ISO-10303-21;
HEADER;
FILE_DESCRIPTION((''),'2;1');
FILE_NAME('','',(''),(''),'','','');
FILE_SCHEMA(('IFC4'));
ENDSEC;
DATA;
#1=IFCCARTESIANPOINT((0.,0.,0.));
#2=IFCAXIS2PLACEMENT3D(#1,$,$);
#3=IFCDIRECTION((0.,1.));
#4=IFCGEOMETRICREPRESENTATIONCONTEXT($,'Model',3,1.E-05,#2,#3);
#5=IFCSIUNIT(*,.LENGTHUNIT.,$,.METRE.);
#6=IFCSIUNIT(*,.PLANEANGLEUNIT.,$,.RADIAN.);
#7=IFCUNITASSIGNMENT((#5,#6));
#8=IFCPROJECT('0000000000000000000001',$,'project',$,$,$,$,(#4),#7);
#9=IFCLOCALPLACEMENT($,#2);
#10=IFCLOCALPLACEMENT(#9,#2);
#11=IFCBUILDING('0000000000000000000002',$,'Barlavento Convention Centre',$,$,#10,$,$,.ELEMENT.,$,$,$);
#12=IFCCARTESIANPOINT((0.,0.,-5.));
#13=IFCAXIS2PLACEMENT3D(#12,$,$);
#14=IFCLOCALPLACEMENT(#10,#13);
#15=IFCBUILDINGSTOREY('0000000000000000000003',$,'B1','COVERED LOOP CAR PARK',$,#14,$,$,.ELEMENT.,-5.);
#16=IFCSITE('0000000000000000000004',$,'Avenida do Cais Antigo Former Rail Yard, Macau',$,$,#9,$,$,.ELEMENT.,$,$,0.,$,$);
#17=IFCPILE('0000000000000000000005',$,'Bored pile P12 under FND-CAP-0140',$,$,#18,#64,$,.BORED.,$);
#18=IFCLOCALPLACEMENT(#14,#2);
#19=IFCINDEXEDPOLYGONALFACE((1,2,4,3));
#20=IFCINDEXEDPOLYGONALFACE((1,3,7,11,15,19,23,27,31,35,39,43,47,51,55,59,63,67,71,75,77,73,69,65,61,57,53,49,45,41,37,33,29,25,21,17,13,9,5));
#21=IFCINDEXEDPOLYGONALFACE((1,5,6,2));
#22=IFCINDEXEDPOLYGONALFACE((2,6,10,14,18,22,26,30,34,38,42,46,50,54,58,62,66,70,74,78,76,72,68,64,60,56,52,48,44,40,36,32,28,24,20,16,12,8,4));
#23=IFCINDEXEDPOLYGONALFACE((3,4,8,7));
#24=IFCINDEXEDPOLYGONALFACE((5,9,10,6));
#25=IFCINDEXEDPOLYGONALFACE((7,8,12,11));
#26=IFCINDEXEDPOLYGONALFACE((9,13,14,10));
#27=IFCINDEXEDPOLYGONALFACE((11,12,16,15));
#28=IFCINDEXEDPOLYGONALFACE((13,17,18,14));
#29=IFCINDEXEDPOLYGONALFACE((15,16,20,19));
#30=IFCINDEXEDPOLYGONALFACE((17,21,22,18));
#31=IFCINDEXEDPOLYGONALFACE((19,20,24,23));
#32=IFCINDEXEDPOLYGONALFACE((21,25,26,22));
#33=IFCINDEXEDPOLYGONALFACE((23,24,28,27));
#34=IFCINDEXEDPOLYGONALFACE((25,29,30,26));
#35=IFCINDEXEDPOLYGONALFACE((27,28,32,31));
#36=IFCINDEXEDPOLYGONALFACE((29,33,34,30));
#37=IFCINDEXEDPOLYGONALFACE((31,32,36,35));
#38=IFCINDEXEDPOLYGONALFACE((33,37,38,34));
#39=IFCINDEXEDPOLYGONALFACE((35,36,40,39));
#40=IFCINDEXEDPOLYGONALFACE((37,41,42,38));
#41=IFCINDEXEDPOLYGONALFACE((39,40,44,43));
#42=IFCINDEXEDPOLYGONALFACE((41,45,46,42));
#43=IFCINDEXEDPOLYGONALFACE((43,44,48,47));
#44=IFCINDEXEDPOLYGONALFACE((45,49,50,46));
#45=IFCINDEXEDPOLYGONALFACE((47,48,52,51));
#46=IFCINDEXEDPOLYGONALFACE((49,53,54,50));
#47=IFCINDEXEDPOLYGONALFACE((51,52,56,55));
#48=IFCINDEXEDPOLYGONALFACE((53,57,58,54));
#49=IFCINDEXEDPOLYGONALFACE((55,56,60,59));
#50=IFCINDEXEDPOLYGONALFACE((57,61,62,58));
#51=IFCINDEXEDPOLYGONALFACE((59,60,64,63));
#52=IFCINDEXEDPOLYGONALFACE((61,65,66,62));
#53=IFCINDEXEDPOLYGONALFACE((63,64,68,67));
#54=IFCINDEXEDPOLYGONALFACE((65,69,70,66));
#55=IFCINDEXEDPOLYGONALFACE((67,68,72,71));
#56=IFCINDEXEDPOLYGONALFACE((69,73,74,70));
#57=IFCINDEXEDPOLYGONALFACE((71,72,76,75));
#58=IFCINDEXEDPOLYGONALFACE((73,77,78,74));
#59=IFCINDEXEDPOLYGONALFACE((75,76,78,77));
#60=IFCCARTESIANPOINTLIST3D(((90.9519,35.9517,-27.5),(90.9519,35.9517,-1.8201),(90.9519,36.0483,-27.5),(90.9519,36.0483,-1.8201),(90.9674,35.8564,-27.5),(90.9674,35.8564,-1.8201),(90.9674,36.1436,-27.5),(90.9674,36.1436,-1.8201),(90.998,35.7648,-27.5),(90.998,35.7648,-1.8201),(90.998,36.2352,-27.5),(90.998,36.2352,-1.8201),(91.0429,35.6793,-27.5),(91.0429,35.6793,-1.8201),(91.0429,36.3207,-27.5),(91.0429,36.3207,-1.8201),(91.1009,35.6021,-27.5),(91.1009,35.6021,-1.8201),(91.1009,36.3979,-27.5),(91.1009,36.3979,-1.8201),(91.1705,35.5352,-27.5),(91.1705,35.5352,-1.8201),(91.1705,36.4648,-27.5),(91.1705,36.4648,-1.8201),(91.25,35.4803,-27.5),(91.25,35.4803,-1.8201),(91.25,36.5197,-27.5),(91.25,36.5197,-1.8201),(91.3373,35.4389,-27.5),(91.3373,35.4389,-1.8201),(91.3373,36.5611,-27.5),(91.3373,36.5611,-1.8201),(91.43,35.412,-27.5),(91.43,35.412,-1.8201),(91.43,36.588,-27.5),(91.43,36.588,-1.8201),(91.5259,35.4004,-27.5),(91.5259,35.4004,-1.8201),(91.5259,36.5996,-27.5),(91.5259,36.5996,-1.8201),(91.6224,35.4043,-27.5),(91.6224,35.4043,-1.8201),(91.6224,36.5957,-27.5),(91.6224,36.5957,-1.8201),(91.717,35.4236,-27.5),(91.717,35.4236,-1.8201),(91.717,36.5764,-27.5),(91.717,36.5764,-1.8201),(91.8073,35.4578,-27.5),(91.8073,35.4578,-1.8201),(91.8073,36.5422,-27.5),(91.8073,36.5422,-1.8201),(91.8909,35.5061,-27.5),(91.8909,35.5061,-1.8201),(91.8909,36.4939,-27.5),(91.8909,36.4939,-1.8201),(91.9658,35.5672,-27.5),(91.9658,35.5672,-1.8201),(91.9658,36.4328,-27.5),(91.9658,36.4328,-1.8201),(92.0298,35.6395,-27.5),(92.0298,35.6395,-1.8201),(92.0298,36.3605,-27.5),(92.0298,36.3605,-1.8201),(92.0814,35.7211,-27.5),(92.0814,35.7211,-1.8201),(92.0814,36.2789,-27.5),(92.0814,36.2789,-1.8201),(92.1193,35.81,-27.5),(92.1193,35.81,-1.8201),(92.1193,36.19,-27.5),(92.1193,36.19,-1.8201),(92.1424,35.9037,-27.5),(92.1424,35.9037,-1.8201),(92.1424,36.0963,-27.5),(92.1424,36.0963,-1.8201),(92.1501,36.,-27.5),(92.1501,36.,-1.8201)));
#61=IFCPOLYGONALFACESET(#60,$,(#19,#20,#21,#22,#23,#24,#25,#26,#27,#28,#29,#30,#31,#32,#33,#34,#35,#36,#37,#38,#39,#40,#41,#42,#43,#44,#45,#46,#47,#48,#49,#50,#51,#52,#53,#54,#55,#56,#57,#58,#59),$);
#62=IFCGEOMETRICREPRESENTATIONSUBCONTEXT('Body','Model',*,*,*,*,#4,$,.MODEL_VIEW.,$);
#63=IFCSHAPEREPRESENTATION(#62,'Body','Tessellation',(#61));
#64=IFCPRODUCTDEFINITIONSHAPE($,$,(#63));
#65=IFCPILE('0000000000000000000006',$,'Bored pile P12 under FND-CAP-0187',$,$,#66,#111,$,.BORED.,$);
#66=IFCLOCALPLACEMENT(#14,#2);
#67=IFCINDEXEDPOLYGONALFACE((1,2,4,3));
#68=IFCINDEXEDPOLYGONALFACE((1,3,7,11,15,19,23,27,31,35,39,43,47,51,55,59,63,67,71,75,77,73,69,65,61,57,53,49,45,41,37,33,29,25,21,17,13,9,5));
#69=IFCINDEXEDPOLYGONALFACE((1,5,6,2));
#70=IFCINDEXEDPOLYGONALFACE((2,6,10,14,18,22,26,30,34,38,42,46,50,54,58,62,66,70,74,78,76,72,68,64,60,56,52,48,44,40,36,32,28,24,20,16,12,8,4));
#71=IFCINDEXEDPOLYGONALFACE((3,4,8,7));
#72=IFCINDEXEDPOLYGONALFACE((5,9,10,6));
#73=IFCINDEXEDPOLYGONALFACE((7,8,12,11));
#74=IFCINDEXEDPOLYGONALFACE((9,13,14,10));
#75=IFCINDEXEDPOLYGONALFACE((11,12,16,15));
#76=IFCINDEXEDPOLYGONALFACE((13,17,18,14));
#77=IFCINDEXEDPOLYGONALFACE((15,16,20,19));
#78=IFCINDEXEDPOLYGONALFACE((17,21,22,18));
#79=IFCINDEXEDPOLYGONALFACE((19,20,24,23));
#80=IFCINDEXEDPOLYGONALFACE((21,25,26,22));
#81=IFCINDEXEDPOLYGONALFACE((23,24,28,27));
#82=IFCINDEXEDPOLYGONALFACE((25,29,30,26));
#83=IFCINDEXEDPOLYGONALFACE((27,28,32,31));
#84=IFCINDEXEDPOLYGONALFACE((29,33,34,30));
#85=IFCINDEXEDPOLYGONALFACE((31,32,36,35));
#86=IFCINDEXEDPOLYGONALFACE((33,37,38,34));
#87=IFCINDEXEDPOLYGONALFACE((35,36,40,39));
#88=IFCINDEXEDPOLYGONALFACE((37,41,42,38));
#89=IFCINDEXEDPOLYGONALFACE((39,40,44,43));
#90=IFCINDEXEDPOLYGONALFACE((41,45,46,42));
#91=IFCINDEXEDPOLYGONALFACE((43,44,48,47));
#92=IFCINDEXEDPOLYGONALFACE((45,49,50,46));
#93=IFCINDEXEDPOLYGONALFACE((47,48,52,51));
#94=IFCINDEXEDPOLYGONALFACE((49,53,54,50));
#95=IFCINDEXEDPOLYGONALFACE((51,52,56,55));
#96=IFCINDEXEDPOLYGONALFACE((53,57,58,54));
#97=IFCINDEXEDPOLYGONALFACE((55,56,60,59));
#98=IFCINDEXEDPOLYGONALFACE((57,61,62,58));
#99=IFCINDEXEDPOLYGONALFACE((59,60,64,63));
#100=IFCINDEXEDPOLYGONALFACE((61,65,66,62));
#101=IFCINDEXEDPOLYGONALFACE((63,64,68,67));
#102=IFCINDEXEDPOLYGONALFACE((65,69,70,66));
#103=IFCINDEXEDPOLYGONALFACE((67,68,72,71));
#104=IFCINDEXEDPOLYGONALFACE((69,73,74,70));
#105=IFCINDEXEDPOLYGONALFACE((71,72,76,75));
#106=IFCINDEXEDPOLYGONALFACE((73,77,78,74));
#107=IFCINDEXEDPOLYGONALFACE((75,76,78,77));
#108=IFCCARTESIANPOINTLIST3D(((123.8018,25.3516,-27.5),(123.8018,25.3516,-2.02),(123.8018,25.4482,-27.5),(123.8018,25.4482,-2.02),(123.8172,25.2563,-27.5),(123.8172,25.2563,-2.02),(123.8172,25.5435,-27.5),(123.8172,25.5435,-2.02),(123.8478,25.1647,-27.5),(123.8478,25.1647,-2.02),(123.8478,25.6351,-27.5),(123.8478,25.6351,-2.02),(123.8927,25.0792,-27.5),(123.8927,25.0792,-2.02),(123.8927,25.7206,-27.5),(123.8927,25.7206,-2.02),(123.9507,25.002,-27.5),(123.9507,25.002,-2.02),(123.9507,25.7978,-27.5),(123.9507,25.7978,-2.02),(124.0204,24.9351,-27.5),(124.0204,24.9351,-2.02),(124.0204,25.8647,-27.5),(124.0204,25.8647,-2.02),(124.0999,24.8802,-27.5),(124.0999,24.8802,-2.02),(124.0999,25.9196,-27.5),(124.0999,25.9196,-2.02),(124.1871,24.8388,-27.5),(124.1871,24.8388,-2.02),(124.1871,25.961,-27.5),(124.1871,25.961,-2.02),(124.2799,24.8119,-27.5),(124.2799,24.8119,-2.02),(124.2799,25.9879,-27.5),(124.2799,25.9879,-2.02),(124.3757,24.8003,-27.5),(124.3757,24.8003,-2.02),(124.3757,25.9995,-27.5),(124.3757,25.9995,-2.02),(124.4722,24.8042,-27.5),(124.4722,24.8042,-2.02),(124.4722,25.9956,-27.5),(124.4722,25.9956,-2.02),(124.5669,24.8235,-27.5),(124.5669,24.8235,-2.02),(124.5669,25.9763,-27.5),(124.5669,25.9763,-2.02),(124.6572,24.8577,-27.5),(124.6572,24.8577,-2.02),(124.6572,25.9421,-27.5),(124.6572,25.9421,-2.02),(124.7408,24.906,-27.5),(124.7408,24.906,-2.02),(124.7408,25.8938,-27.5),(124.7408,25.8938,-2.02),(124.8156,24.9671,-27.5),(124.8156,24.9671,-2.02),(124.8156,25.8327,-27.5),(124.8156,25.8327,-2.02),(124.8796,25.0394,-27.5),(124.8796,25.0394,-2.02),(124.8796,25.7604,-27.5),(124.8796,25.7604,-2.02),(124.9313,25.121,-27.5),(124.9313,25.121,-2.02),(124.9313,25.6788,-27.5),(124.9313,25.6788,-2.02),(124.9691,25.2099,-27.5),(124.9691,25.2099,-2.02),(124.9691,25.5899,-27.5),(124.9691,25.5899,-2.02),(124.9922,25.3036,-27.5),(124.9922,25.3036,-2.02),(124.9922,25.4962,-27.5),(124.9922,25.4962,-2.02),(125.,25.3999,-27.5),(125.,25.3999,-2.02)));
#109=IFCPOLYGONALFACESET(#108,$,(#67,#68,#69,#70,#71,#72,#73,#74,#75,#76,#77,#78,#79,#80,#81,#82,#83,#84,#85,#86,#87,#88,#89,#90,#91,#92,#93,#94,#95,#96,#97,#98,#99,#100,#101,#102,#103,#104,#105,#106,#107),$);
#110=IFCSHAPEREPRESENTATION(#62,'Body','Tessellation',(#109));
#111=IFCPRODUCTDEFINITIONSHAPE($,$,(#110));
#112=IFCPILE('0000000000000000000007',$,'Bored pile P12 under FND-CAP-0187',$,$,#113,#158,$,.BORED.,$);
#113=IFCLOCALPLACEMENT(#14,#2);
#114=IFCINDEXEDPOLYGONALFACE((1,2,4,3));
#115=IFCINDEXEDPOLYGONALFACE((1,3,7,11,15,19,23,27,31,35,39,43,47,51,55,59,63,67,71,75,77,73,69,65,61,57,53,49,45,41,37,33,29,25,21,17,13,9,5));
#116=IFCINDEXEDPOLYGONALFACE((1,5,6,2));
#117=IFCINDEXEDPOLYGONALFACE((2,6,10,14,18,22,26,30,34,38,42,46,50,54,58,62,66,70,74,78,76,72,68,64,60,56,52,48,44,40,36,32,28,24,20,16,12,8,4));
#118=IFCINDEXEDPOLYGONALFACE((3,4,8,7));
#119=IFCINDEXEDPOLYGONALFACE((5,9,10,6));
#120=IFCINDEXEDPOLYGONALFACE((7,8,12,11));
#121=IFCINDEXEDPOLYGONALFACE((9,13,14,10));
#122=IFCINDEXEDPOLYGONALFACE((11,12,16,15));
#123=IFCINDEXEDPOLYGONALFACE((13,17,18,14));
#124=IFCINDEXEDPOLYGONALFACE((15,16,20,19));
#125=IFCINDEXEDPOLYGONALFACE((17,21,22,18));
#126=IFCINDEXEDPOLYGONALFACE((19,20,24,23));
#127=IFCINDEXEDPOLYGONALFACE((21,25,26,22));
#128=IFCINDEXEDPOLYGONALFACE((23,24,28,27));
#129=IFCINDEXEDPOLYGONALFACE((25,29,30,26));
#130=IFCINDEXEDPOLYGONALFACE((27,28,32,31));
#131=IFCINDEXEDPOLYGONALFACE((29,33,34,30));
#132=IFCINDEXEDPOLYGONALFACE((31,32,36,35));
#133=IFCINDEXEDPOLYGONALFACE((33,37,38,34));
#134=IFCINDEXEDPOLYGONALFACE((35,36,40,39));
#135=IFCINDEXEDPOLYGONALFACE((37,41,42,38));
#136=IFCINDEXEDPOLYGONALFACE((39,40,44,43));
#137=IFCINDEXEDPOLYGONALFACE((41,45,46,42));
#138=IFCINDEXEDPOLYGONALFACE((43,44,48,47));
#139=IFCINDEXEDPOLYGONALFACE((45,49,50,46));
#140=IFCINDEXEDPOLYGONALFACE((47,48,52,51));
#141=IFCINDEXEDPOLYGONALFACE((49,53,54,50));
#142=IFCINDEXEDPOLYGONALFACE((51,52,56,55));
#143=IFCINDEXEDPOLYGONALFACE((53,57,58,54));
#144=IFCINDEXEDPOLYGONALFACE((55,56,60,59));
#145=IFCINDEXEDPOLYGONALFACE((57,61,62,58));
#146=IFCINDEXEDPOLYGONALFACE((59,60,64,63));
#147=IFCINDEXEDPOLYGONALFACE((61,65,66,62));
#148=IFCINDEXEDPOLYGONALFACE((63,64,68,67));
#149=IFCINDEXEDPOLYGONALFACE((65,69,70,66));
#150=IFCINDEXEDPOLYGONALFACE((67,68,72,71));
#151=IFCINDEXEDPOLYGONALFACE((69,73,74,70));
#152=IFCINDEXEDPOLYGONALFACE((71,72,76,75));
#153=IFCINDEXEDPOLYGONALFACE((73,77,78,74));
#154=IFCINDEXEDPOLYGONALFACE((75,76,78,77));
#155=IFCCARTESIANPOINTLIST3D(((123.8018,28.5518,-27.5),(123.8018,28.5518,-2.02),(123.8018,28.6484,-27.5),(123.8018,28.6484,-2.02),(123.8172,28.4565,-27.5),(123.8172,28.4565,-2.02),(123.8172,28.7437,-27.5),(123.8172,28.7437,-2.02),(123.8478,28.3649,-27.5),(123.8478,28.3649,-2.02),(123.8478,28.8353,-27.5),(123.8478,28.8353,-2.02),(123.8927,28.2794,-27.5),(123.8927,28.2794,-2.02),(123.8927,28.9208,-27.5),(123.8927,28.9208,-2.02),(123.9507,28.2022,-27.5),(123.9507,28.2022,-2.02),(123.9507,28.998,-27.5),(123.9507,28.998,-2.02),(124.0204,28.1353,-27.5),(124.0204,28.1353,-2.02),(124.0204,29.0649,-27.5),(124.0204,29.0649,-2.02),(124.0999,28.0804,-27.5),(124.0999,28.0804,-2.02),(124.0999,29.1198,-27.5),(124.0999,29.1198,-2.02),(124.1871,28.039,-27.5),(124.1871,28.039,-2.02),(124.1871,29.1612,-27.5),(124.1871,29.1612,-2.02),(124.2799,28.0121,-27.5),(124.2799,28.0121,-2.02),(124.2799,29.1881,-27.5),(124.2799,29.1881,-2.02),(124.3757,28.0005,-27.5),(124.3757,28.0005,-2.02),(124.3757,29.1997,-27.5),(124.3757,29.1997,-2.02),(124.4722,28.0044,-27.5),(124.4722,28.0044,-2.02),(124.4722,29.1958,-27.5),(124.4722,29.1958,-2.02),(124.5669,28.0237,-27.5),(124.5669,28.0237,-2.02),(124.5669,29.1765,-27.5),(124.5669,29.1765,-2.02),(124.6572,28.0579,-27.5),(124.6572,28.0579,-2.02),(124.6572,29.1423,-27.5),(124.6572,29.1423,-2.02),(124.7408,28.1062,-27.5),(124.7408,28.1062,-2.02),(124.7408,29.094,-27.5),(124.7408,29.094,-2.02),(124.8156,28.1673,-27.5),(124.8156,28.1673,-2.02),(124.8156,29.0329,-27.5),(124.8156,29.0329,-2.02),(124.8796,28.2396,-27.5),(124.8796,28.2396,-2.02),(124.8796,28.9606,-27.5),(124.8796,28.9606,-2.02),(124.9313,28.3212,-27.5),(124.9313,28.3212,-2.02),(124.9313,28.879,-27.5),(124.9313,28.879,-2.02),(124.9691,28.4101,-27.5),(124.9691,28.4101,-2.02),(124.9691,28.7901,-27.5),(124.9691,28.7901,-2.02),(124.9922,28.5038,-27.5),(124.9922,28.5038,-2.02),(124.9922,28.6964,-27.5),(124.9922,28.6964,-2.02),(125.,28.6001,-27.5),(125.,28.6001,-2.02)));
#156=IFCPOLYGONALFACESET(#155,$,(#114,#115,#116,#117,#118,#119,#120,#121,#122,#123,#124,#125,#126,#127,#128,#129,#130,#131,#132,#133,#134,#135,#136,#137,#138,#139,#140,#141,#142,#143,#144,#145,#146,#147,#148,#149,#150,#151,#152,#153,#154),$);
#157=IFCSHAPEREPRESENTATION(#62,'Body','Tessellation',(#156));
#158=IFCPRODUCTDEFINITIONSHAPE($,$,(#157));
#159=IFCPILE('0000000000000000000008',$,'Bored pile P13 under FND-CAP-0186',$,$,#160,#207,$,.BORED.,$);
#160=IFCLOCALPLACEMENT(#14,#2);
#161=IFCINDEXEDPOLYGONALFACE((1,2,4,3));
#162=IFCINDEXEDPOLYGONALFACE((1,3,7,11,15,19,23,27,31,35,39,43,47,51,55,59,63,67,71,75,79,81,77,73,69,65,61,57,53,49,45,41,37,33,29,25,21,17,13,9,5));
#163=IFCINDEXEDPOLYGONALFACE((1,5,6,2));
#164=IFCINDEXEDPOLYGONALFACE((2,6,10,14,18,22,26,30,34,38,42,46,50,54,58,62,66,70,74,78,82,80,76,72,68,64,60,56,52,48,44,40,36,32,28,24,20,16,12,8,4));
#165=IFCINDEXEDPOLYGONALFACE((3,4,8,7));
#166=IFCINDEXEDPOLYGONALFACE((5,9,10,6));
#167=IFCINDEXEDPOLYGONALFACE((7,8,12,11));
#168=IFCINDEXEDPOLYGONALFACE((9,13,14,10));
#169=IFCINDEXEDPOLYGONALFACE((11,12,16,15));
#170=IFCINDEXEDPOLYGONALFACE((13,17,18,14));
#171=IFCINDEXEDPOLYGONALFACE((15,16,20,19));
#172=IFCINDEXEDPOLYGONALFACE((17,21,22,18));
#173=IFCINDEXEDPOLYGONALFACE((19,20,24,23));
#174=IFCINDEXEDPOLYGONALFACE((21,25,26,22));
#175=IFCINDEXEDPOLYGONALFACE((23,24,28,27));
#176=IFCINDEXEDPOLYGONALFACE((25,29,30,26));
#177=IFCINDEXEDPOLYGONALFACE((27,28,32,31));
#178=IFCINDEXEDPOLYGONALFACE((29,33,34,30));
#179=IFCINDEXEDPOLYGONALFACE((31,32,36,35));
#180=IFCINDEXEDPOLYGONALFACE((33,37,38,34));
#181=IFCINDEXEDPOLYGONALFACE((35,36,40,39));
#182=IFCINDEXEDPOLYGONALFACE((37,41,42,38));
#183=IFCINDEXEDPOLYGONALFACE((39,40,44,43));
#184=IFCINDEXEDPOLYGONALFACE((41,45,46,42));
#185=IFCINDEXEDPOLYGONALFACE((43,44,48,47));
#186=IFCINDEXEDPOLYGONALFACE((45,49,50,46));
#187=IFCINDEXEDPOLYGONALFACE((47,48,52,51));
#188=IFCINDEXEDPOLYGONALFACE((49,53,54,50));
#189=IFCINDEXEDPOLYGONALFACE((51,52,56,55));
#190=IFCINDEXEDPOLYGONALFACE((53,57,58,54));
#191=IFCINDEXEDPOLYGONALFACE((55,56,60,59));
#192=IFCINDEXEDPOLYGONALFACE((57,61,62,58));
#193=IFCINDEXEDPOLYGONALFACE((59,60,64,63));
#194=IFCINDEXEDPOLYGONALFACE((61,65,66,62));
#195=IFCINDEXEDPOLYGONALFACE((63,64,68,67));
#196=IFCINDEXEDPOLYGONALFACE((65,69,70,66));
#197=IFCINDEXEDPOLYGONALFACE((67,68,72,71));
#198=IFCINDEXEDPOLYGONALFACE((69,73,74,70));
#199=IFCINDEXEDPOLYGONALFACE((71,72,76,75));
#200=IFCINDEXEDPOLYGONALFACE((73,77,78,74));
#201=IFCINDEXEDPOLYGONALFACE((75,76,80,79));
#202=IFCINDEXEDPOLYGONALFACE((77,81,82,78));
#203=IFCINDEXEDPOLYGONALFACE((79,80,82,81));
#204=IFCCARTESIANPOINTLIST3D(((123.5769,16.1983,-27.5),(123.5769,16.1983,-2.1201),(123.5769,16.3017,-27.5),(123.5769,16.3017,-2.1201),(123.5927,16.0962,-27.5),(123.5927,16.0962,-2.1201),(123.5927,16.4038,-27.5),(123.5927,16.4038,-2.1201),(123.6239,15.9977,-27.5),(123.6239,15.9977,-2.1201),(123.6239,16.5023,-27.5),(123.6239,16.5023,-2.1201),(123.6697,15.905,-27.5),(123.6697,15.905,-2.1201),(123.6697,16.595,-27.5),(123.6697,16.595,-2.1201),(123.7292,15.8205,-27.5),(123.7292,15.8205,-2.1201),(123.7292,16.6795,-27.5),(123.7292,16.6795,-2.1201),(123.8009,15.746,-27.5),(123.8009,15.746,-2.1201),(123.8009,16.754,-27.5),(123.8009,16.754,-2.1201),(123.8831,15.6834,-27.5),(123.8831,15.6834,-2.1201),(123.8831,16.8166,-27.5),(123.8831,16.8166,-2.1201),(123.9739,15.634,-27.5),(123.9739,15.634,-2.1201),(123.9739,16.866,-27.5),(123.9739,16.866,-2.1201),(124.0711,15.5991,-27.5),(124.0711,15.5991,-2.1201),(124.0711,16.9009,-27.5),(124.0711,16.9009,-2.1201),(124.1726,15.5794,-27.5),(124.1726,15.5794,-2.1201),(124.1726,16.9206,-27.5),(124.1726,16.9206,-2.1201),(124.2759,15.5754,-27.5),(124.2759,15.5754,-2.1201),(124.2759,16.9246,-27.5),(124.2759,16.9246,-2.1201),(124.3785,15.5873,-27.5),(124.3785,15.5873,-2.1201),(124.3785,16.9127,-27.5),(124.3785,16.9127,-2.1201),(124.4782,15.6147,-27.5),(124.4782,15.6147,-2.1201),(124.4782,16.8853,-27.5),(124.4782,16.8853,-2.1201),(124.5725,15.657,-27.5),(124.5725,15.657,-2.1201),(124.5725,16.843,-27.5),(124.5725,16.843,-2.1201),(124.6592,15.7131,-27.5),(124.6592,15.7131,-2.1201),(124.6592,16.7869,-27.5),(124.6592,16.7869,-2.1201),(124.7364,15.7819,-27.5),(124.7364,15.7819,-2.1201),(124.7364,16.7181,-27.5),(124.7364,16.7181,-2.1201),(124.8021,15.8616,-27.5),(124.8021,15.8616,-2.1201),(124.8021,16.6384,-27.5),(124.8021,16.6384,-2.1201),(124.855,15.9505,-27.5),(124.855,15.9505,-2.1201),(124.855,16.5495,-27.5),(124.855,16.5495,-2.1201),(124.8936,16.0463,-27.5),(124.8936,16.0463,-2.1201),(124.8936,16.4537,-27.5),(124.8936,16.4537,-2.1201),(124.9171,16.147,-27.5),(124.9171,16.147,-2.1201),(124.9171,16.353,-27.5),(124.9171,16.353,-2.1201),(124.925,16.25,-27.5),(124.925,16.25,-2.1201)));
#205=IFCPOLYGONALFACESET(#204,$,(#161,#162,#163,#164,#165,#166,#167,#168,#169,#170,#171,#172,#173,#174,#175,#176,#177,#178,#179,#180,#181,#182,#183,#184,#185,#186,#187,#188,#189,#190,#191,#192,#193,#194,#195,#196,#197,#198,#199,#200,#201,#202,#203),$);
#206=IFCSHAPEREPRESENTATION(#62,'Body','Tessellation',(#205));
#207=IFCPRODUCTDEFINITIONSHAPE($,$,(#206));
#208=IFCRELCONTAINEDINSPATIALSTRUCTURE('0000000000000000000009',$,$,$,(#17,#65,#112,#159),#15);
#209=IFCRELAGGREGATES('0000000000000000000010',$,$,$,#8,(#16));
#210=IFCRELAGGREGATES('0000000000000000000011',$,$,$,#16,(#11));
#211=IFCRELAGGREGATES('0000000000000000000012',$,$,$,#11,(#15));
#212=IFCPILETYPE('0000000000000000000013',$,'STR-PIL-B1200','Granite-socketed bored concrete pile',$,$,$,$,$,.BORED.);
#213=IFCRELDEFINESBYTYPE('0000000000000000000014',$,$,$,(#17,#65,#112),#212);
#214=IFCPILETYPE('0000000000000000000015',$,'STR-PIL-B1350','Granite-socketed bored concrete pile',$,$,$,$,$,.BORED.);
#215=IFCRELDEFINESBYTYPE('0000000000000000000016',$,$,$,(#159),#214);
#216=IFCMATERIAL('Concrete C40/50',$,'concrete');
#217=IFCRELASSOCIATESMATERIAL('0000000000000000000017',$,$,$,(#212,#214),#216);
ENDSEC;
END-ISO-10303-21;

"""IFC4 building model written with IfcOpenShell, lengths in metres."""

from ifc_helpers import new_model, si_unit, direction, frame, origin, origin_2d, place, context, subcontext, project, spatial, circle, extrude, material, material_profile, profile_set, type_object, element, save


model = new_model("IFC4")

# Units and contexts
model_context = context("Model", 3, precision=1e-05, world=origin(), true_north=direction((0.0, 1.0)))
body_context = subcontext(model_context, "Body", "Model", "MODEL_VIEW")
ifc_project = project(units=[si_unit("LENGTHUNIT", "METRE"), si_unit("PLANEANGLEUNIT", "RADIAN")], contexts=[model_context])

# Site, building, storey
site_placement = place(None, origin())
site = spatial("IfcSite", under=ifc_project, at=site_placement, Name="Avenida do Cais Antigo Former Rail Yard, Macau", CompositionType="ELEMENT", RefElevation=0.0)
building_placement = place(site_placement, origin())
building = spatial("IfcBuilding", under=site, at=building_placement, Name="Barlavento Convention Centre", CompositionType="ELEMENT")
storey_placement = place(building_placement, frame((0.0, 0.0, -5.0)))
storey = spatial("IfcBuildingStorey", under=building, at=storey_placement, Name="B1", Description="COVERED LOOP CAR PARK", CompositionType="ELEMENT", Elevation=-5.0)

# Shared definitions
ifc_material_1 = material(Name="Concrete C40/50", Category="concrete")

# Piles
ifc_material_profile_1 = material_profile(ifc_material_1, circle(Radius=0.6001, at=origin_2d()), Name="BORED PILE 1200")
ifc_profile_set_1 = profile_set([ifc_material_profile_1], Name="Concrete C40/50")
pile_type_1 = type_object("IfcPileType", Name="STR-PIL-B1200", Description="Granite-socketed bored concrete pile", PredefinedType="BORED", material=ifc_profile_set_1)
pile_1_placement = place(storey_placement, frame((91.55, 36.0, -1.8201), z_axis=(0.0, 0.0, -1.0), x_axis=(1.0, 0.0, 0.0)))
element("IfcPile", 1, at=pile_1_placement, inside=storey, type_object=pile_type_1, Name="Bored pile P12 under FND-CAP-0140", PredefinedType="BORED", context=body_context, shape_type="SweptSolid", body=[
    extrude(circle(Radius=0.6001, at=origin_2d()), origin(), (0.0, 0.0, 1.0), 25.6799),
])
for number, where, z_axis, x_axis, name in (
    (2, (124.3999, 25.3999, -2.02), (0.0, 0.0, -1.0), (1.0, 0.0, 0.0), "Bored pile P12 under FND-CAP-0187"),
    (3, (124.3999, 28.6001, -2.02), (0.0, 0.0, -1.0), (1.0, 0.0, 0.0), "Bored pile P12 under FND-CAP-0187"),
):
    element("IfcPile", number, at=place(storey_placement, frame(where, z_axis=z_axis, x_axis=x_axis)), inside=storey, type_object=pile_type_1, Name=name, PredefinedType="BORED", context=body_context, shape_type="SweptSolid", body=[
        extrude(circle(Radius=0.6001, at=origin_2d()), origin(), (0.0, 0.0, 1.0), 25.48),
    ])
ifc_material_profile_2 = material_profile(ifc_material_1, circle(Radius=0.675, at=origin_2d()), Name="BORED PILE 1350")
ifc_profile_set_2 = profile_set([ifc_material_profile_2], Name="Concrete C40/50")
pile_type_2 = type_object("IfcPileType", Name="STR-PIL-B1350", Description="Granite-socketed bored concrete pile", PredefinedType="BORED", material=ifc_profile_set_2)
for number, where, z_axis, x_axis, name in (
    (4, (124.25, 16.25, -2.1201), (0.0, 0.0, -1.0), (1.0, 0.0, 0.0), "Bored pile P13 under FND-CAP-0186"),
):
    element("IfcPile", number, at=place(storey_placement, frame(where, z_axis=z_axis, x_axis=x_axis)), inside=storey, type_object=pile_type_2, Name=name, PredefinedType="BORED", context=body_context, shape_type="SweptSolid", body=[
        extrude(circle(Radius=0.675, at=origin_2d()), origin(), (0.0, 0.0, 1.0), 25.3799),
    ])

save(model, "model.ifc")
